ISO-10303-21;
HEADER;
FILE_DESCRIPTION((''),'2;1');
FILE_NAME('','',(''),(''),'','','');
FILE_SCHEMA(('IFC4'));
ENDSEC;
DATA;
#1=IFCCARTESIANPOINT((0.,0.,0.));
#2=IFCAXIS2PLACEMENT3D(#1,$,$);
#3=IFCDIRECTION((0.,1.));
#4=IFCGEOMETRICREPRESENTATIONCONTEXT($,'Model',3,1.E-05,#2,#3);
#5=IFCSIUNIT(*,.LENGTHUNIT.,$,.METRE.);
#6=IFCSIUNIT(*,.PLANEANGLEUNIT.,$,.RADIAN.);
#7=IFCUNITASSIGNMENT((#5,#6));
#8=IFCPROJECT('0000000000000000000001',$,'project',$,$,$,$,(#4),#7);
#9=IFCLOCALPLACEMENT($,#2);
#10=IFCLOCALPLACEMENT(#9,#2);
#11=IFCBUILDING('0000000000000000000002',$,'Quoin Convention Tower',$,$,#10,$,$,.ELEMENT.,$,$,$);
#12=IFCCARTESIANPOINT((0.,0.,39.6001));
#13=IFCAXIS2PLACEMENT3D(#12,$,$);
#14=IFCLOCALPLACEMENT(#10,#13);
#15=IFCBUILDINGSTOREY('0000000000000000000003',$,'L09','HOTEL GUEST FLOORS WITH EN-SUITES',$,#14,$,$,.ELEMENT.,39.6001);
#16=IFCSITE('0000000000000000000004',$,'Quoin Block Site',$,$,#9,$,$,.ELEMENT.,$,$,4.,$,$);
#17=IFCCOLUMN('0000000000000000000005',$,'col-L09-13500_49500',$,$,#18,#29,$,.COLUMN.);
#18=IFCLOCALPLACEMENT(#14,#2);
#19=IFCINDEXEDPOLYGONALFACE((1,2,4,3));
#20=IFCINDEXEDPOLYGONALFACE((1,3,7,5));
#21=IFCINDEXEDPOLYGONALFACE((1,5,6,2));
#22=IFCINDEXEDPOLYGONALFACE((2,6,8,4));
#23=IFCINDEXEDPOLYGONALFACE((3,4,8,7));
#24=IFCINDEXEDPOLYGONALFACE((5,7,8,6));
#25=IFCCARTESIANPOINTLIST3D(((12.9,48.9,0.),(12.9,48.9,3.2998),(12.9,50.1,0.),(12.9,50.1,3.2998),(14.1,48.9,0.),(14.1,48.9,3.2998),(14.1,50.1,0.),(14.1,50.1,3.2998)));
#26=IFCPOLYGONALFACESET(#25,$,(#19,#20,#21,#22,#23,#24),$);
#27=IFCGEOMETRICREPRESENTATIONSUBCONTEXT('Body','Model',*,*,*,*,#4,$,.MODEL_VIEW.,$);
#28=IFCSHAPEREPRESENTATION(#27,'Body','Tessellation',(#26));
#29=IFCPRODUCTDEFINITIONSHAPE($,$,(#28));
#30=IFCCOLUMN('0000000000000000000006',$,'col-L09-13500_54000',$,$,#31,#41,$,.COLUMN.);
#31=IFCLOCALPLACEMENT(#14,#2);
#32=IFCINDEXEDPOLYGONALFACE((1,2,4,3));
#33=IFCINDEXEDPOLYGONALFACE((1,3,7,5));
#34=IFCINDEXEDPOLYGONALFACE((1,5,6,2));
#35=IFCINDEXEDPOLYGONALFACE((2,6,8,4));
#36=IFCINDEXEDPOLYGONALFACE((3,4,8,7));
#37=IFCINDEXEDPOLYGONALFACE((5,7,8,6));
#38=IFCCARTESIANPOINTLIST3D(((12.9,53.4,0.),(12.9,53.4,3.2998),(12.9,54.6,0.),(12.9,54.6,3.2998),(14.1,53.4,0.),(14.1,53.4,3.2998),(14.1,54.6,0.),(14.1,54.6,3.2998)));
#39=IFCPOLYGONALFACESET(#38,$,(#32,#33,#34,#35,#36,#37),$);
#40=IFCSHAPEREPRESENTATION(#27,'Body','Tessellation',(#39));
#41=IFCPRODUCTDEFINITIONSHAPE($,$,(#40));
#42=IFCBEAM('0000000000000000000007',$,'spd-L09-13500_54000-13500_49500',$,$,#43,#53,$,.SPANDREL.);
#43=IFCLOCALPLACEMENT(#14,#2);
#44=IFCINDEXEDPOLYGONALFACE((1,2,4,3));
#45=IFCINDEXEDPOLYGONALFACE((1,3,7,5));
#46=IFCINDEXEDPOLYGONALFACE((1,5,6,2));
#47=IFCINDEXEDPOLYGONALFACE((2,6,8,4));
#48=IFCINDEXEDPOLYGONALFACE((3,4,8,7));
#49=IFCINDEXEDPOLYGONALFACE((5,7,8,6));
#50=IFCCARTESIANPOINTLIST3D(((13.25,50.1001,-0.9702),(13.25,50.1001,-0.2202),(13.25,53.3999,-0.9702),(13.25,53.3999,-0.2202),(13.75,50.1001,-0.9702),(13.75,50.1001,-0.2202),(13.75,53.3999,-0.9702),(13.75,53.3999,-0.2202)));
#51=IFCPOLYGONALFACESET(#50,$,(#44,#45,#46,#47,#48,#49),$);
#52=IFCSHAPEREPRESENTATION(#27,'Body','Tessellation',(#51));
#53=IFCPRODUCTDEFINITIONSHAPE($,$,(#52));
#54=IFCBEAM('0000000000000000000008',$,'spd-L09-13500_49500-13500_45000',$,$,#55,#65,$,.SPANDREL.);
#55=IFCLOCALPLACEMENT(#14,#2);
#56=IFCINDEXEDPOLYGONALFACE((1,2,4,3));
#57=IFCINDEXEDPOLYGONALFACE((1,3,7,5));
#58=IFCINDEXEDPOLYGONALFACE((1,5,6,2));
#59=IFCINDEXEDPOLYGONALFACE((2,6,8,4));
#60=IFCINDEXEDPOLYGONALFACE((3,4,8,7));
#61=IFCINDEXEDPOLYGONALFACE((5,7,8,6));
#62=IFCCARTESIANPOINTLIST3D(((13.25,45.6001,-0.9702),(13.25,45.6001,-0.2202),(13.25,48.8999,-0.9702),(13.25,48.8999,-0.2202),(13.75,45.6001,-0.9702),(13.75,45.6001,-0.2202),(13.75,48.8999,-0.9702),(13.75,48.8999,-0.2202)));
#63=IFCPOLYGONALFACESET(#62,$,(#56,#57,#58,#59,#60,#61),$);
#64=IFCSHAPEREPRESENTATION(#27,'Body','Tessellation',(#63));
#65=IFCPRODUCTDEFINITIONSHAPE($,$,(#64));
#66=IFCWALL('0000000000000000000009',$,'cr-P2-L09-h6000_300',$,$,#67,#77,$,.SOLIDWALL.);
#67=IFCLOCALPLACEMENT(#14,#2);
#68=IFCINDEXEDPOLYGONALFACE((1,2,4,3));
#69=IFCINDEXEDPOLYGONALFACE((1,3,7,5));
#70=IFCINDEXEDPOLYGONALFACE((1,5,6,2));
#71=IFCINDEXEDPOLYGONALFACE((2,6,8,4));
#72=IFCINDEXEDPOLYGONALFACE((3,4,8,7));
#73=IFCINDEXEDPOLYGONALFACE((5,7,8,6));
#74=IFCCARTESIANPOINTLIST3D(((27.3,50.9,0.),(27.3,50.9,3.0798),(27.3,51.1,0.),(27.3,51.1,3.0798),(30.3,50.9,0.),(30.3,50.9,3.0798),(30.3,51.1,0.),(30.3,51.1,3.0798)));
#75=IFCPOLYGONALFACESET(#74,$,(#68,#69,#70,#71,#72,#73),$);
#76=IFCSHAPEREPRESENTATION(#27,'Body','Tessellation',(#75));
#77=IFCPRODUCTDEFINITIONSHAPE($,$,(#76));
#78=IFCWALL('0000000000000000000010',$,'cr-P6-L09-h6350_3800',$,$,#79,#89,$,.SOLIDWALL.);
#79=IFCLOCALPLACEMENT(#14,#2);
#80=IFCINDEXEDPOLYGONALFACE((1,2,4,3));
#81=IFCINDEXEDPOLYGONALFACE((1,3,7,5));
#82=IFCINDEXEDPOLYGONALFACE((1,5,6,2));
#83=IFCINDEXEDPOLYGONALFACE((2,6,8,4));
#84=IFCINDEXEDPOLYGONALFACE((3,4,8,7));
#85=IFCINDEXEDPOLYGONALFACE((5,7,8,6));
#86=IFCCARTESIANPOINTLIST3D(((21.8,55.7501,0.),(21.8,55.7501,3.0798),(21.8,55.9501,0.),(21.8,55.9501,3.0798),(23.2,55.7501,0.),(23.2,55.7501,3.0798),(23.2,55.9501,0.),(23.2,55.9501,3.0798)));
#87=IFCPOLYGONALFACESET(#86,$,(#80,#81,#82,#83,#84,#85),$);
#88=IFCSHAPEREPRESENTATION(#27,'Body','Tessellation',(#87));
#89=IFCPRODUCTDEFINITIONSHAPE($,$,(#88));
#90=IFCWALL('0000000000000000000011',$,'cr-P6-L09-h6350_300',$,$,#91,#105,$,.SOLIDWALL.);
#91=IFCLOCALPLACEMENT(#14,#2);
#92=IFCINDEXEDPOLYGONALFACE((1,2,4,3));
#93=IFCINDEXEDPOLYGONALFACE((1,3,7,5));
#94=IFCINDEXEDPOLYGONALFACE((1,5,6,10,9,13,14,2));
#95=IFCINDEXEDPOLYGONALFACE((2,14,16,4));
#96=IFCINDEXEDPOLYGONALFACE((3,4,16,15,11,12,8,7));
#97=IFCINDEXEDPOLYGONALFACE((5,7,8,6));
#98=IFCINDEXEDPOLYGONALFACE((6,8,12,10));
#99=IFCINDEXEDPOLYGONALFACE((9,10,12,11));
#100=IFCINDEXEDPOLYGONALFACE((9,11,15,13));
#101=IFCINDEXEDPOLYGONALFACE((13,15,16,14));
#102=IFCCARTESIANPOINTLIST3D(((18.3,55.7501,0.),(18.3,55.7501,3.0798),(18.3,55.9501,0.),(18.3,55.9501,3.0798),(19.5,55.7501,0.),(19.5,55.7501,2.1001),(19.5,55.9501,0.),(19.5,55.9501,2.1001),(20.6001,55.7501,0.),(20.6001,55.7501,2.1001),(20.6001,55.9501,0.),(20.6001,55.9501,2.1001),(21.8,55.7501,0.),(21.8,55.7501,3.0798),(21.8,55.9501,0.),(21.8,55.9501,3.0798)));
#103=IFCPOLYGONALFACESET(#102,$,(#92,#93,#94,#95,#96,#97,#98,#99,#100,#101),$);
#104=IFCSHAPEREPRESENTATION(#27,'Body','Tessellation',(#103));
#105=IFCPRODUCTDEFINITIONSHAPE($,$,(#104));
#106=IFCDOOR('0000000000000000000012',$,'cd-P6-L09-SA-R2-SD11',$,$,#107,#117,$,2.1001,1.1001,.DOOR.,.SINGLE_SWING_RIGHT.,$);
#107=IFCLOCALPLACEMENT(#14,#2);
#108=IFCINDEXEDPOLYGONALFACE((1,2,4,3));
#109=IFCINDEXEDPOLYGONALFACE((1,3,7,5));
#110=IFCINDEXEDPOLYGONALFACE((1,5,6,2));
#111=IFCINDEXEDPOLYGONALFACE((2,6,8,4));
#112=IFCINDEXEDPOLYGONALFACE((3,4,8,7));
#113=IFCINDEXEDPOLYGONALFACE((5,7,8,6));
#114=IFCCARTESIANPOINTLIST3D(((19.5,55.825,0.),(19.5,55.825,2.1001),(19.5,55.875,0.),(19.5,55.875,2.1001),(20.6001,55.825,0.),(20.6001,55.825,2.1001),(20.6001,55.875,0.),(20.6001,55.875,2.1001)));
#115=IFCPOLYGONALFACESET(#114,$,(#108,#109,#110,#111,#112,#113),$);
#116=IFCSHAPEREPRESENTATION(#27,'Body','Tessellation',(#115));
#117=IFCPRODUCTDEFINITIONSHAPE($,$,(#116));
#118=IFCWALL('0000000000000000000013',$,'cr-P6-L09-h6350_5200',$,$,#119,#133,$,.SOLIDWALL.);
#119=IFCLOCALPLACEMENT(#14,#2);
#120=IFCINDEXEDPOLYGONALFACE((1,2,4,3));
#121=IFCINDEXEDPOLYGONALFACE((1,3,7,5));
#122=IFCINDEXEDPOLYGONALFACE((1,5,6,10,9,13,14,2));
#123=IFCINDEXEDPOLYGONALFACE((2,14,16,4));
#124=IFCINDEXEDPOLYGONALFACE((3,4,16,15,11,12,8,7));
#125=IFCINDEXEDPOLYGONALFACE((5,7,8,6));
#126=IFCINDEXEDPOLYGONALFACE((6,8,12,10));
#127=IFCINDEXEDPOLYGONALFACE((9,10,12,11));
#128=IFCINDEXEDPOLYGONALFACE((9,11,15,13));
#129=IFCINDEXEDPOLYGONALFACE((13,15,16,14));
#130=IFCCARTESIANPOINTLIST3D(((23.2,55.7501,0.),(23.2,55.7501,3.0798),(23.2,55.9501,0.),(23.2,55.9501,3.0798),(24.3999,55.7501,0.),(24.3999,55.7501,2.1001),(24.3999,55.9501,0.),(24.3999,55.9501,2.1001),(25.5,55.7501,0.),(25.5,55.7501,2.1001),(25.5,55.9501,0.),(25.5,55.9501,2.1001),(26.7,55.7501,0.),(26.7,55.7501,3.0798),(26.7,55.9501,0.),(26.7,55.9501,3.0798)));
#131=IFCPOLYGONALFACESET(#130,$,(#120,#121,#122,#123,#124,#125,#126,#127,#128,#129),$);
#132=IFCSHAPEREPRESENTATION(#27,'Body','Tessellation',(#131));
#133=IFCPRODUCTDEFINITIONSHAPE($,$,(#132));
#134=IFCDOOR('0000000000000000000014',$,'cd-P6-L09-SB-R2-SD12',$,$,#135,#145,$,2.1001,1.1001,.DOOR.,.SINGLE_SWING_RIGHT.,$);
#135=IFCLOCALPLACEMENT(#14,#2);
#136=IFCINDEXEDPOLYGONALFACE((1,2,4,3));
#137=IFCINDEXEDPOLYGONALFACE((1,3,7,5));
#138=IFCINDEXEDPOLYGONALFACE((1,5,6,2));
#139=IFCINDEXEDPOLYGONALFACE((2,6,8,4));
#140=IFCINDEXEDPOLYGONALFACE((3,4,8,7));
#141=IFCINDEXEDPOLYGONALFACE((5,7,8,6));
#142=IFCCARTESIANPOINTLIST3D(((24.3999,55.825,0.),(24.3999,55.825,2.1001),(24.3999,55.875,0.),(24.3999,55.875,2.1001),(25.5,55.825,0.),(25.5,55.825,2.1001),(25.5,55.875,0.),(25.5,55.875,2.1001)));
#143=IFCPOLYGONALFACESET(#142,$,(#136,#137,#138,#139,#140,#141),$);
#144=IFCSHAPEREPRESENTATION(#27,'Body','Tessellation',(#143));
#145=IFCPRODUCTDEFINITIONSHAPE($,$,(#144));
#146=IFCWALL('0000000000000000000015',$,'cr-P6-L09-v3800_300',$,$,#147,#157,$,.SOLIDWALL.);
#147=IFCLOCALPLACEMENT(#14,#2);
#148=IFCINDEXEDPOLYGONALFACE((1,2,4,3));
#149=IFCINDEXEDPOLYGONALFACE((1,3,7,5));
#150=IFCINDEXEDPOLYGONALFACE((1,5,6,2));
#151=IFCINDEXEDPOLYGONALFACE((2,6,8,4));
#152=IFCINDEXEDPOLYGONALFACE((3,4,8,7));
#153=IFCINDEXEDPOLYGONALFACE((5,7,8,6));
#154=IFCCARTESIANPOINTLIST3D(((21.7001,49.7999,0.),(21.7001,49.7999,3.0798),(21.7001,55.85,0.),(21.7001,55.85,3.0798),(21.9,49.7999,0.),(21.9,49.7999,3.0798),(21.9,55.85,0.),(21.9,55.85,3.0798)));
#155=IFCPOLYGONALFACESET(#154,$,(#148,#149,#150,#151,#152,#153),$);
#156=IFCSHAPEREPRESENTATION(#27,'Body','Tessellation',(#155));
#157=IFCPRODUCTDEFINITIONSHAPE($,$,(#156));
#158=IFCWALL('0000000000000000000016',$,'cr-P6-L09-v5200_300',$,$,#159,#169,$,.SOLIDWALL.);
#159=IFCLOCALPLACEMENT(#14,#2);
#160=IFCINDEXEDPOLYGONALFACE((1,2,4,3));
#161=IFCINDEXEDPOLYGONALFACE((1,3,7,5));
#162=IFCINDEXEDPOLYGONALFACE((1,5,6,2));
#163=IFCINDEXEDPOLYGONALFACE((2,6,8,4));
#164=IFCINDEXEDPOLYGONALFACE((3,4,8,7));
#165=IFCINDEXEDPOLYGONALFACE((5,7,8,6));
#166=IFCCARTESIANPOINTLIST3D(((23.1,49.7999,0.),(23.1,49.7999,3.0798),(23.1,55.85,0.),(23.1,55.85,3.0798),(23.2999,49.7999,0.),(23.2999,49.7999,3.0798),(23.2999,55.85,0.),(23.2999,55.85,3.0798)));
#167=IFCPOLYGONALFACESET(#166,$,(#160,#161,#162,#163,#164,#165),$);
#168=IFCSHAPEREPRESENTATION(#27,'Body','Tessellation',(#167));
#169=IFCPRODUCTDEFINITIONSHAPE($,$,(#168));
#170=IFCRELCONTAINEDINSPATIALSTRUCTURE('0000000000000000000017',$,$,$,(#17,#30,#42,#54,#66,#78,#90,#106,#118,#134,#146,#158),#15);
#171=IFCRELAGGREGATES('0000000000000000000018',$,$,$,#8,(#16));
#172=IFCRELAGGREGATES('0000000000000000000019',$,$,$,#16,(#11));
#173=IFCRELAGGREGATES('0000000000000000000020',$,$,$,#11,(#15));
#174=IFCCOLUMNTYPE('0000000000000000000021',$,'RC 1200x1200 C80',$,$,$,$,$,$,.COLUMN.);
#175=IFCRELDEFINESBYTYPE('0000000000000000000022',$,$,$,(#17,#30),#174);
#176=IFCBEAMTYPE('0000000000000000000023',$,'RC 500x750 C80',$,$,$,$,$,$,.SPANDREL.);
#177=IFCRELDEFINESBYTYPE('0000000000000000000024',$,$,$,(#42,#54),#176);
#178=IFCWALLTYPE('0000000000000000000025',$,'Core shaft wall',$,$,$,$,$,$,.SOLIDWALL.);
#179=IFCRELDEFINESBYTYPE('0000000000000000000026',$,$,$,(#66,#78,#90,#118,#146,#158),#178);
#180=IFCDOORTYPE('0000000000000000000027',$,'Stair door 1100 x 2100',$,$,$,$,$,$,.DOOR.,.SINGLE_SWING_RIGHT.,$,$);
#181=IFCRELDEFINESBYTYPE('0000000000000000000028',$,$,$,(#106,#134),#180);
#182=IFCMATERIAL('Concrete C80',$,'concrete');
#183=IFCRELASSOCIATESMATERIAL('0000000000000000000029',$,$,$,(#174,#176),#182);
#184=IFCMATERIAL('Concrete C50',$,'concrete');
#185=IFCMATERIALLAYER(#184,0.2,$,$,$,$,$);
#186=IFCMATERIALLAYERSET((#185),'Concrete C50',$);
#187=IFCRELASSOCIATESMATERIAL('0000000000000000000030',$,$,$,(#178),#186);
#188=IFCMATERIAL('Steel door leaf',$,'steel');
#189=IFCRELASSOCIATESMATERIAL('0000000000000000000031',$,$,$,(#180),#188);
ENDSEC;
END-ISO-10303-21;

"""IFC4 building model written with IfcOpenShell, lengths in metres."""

from ifc_helpers import new_model, si_unit, direction, frame, frame_2d, origin, origin_2d, place, context, subcontext, project, spatial, rectangle, extrude, material, layer, layer_set, material_profile, profile_set, type_object, element, fill, save


model = new_model("IFC4")

# Units and contexts
model_context = context("Model", 3, precision=1e-05, world=origin(), true_north=direction((0.0, 1.0)))
body_context = subcontext(model_context, "Body", "Model", "MODEL_VIEW")
ifc_project = project(units=[si_unit("LENGTHUNIT", "METRE"), si_unit("PLANEANGLEUNIT", "RADIAN")], contexts=[model_context])

# Site, building, storey
site_placement = place(None, origin())
site = spatial("IfcSite", under=ifc_project, at=site_placement, Name="Quoin Block Site", CompositionType="ELEMENT", RefElevation=4.0)
building_placement = place(site_placement, origin())
building = spatial("IfcBuilding", under=site, at=building_placement, Name="Quoin Convention Tower", CompositionType="ELEMENT")
storey_placement = place(building_placement, frame((0.0, 0.0, 39.6001)))
storey = spatial("IfcBuildingStorey", under=building, at=storey_placement, Name="L09", Description="HOTEL GUEST FLOORS WITH EN-SUITES", CompositionType="ELEMENT", Elevation=39.6001)

# Columns
ifc_material_1 = material(Name="Concrete C80", Category="concrete")
ifc_material_profile_1 = material_profile(ifc_material_1, rectangle(XDim=1.2, YDim=1.2, at=origin_2d()), Name="RC 1200x1200")
ifc_profile_set_1 = profile_set([ifc_material_profile_1], Name="Concrete C80")
column_type = type_object("IfcColumnType", Name="RC 1200x1200 C80", PredefinedType="COLUMN", material=ifc_profile_set_1)
for number, where, z_axis, x_axis, name in (
    (1, (13.5, 49.5, 0.0), (0.0, 0.0, 1.0), (1.0, 0.0, 0.0), "col-L09-13500_49500"),
    (2, (13.5, 54.0, 0.0), (0.0, 0.0, 1.0), (1.0, 0.0, 0.0), "col-L09-13500_54000"),
):
    element("IfcColumn", number, at=place(storey_placement, frame(where, z_axis=z_axis, x_axis=x_axis)), inside=storey, type_object=column_type, Name=name, PredefinedType="COLUMN", context=body_context, shape_type="SweptSolid", body=[
        extrude(rectangle(XDim=1.2, YDim=1.2, at=origin_2d()), origin(), (0.0, 0.0, 1.0), 3.2998),
    ])

# Beams
ifc_material_profile_2 = material_profile(ifc_material_1, rectangle(XDim=0.5, YDim=0.75, at=origin_2d()), Name="RC 500x750")
ifc_profile_set_2 = profile_set([ifc_material_profile_2], Name="Concrete C80")
beam_type = type_object("IfcBeamType", Name="RC 500x750 C80", PredefinedType="SPANDREL", material=ifc_profile_set_2)
for number, where, z_axis, x_axis, name in (
    (3, (13.5, 53.3999, -0.5952), (0.0, -1.0, 0.0), (1.0, 0.0, 0.0), "spd-L09-13500_54000-13500_49500"),
    (4, (13.5, 48.8999, -0.5952), (0.0, -1.0, 0.0), (1.0, 0.0, 0.0), "spd-L09-13500_49500-13500_45000"),
):
    element("IfcBeam", number, at=place(storey_placement, frame(where, z_axis=z_axis, x_axis=x_axis)), inside=storey, type_object=beam_type, Name=name, PredefinedType="SPANDREL", context=body_context, shape_type="SweptSolid", body=[
        extrude(rectangle(XDim=0.5, YDim=0.75, at=origin_2d()), origin(), (0.0, 0.0, 1.0), 3.2998),
    ])

# Walls
ifc_material_2 = material(Name="Concrete C50", Category="concrete")
ifc_layer_1 = layer(ifc_material_2, 0.2)
ifc_layer_set_1 = layer_set([ifc_layer_1], Name="Concrete C50")
wall_type_1 = type_object("IfcWallType", Name="Core shaft wall", PredefinedType="SOLIDWALL", material=ifc_layer_set_1)
wall_1_placement = place(storey_placement, frame((27.3, 51.0, 0.0), z_axis=(0.0, 0.0, 1.0), x_axis=(1.0, 0.0, 0.0)))
element("IfcWall", 5, at=wall_1_placement, inside=storey, type_object=wall_type_1, Name="cr-P2-L09-h6000_300", PredefinedType="SOLIDWALL", context=body_context, shape_type="SweptSolid", body=[
    extrude(rectangle(XDim=3.0, YDim=0.2, at=frame_2d((1.5, 0.0))), origin(), (0.0, 0.0, 1.0), 3.0798),
])
wall_2_placement = place(storey_placement, frame((21.8, 55.8501, 0.0), z_axis=(0.0, 0.0, 1.0), x_axis=(1.0, 0.0, 0.0)))
element("IfcWall", 6, at=wall_2_placement, inside=storey, type_object=wall_type_1, Name="cr-P6-L09-h6350_3800", PredefinedType="SOLIDWALL", context=body_context, shape_type="SweptSolid", body=[
    extrude(rectangle(XDim=1.3999, YDim=0.2, at=frame_2d((0.7, 0.0))), origin(), (0.0, 0.0, 1.0), 3.0798),
])

# Walls, openings, doors
wall_3_placement = place(storey_placement, frame((18.3, 55.8501, 0.0), z_axis=(0.0, 0.0, 1.0), x_axis=(1.0, 0.0, 0.0)))
wall_3 = element("IfcWall", 7, at=wall_3_placement, inside=storey, type_object=wall_type_1, Name="cr-P6-L09-h6350_300", PredefinedType="SOLIDWALL", context=body_context, shape_type="SweptSolid", body=[
    extrude(rectangle(XDim=3.5, YDim=0.2, at=frame_2d((1.75, 0.0))), origin(), (0.0, 0.0, 1.0), 3.0798),
])
opening_1_placement = place(wall_3_placement, frame((1.2, 0.0, 0.0)))
opening_1 = element("IfcOpeningElement", 8, at=opening_1_placement, cuts=wall_3, PredefinedType="OPENING", context=body_context, shape_type="SweptSolid", body=[
    extrude(rectangle(XDim=1.1001, YDim=2.1001, at=frame_2d((0.55, 1.05))), frame((0.0, 0.1099, 0.0), z_axis=(0.0, -1.0, 0.0), x_axis=(1.0, 0.0, 0.0)), (0.0, 0.0, 1.0), 0.22),
])
ifc_material_3 = material(Name="Steel door leaf", Category="steel")
door_type_1 = type_object("IfcDoorType", Name="Stair door 1100 x 2100", OperationType="SINGLE_SWING_RIGHT", PredefinedType="DOOR", material=ifc_material_3)
door_1_placement = place(opening_1_placement, origin())
door_1 = element("IfcDoor", 9, at=door_1_placement, inside=storey, type_object=door_type_1, Name="cd-P6-L09-SA-R2-SD11", OperationType="SINGLE_SWING_RIGHT", OverallHeight=2.1001, OverallWidth=1.1001, PredefinedType="DOOR", context=body_context, shape_type="SweptSolid", body=[
    extrude(rectangle(XDim=1.1001, YDim=2.1001, at=frame_2d((0.55, 1.05))), frame((0.0, 0.0249, 0.0), z_axis=(0.0, -1.0, 0.0), x_axis=(1.0, 0.0, 0.0)), (0.0, 0.0, 1.0), 0.05),
])
fill(opening_1, door_1)
wall_4_placement = place(storey_placement, frame((23.2, 55.8501, 0.0), z_axis=(0.0, 0.0, 1.0), x_axis=(1.0, 0.0, 0.0)))
wall_4 = element("IfcWall", 10, at=wall_4_placement, inside=storey, type_object=wall_type_1, Name="cr-P6-L09-h6350_5200", PredefinedType="SOLIDWALL", context=body_context, shape_type="SweptSolid", body=[
    extrude(rectangle(XDim=3.5, YDim=0.2, at=frame_2d((1.75, 0.0))), origin(), (0.0, 0.0, 1.0), 3.0798),
])
opening_2_placement = place(wall_4_placement, frame((1.2, 0.0, 0.0)))
opening_2 = element("IfcOpeningElement", 11, at=opening_2_placement, cuts=wall_4, PredefinedType="OPENING", context=body_context, shape_type="SweptSolid", body=[
    extrude(rectangle(XDim=1.1001, YDim=2.1001, at=frame_2d((0.55, 1.05))), frame((0.0, 0.1099, 0.0), z_axis=(0.0, -1.0, 0.0), x_axis=(1.0, 0.0, 0.0)), (0.0, 0.0, 1.0), 0.22),
])
door_2_placement = place(opening_2_placement, origin())
door_2 = element("IfcDoor", 12, at=door_2_placement, inside=storey, type_object=door_type_1, Name="cd-P6-L09-SB-R2-SD12", OperationType="SINGLE_SWING_RIGHT", OverallHeight=2.1001, OverallWidth=1.1001, PredefinedType="DOOR", context=body_context, shape_type="SweptSolid", body=[
    extrude(rectangle(XDim=1.1001, YDim=2.1001, at=frame_2d((0.55, 1.05))), frame((0.0, 0.0249, 0.0), z_axis=(0.0, -1.0, 0.0), x_axis=(1.0, 0.0, 0.0)), (0.0, 0.0, 1.0), 0.05),
])
fill(opening_2, door_2)

# Walls
for number, where, z_axis, x_axis, name in (
    (13, (21.8, 49.8, 0.0), (0.0, 0.0, 1.0), (0.0, 1.0, 0.0), "cr-P6-L09-v3800_300"),
    (14, (23.2, 49.8, 0.0), (0.0, 0.0, 1.0), (0.0, 1.0, 0.0), "cr-P6-L09-v5200_300"),
):
    element("IfcWall", number, at=place(storey_placement, frame(where, z_axis=z_axis, x_axis=x_axis)), inside=storey, type_object=wall_type_1, Name=name, PredefinedType="SOLIDWALL", context=body_context, shape_type="SweptSolid", body=[
        extrude(rectangle(XDim=6.05, YDim=0.2, at=frame_2d((3.0249, 0.0))), origin(), (0.0, 0.0, 1.0), 3.0798),
    ])

save(model, "model.ifc")
